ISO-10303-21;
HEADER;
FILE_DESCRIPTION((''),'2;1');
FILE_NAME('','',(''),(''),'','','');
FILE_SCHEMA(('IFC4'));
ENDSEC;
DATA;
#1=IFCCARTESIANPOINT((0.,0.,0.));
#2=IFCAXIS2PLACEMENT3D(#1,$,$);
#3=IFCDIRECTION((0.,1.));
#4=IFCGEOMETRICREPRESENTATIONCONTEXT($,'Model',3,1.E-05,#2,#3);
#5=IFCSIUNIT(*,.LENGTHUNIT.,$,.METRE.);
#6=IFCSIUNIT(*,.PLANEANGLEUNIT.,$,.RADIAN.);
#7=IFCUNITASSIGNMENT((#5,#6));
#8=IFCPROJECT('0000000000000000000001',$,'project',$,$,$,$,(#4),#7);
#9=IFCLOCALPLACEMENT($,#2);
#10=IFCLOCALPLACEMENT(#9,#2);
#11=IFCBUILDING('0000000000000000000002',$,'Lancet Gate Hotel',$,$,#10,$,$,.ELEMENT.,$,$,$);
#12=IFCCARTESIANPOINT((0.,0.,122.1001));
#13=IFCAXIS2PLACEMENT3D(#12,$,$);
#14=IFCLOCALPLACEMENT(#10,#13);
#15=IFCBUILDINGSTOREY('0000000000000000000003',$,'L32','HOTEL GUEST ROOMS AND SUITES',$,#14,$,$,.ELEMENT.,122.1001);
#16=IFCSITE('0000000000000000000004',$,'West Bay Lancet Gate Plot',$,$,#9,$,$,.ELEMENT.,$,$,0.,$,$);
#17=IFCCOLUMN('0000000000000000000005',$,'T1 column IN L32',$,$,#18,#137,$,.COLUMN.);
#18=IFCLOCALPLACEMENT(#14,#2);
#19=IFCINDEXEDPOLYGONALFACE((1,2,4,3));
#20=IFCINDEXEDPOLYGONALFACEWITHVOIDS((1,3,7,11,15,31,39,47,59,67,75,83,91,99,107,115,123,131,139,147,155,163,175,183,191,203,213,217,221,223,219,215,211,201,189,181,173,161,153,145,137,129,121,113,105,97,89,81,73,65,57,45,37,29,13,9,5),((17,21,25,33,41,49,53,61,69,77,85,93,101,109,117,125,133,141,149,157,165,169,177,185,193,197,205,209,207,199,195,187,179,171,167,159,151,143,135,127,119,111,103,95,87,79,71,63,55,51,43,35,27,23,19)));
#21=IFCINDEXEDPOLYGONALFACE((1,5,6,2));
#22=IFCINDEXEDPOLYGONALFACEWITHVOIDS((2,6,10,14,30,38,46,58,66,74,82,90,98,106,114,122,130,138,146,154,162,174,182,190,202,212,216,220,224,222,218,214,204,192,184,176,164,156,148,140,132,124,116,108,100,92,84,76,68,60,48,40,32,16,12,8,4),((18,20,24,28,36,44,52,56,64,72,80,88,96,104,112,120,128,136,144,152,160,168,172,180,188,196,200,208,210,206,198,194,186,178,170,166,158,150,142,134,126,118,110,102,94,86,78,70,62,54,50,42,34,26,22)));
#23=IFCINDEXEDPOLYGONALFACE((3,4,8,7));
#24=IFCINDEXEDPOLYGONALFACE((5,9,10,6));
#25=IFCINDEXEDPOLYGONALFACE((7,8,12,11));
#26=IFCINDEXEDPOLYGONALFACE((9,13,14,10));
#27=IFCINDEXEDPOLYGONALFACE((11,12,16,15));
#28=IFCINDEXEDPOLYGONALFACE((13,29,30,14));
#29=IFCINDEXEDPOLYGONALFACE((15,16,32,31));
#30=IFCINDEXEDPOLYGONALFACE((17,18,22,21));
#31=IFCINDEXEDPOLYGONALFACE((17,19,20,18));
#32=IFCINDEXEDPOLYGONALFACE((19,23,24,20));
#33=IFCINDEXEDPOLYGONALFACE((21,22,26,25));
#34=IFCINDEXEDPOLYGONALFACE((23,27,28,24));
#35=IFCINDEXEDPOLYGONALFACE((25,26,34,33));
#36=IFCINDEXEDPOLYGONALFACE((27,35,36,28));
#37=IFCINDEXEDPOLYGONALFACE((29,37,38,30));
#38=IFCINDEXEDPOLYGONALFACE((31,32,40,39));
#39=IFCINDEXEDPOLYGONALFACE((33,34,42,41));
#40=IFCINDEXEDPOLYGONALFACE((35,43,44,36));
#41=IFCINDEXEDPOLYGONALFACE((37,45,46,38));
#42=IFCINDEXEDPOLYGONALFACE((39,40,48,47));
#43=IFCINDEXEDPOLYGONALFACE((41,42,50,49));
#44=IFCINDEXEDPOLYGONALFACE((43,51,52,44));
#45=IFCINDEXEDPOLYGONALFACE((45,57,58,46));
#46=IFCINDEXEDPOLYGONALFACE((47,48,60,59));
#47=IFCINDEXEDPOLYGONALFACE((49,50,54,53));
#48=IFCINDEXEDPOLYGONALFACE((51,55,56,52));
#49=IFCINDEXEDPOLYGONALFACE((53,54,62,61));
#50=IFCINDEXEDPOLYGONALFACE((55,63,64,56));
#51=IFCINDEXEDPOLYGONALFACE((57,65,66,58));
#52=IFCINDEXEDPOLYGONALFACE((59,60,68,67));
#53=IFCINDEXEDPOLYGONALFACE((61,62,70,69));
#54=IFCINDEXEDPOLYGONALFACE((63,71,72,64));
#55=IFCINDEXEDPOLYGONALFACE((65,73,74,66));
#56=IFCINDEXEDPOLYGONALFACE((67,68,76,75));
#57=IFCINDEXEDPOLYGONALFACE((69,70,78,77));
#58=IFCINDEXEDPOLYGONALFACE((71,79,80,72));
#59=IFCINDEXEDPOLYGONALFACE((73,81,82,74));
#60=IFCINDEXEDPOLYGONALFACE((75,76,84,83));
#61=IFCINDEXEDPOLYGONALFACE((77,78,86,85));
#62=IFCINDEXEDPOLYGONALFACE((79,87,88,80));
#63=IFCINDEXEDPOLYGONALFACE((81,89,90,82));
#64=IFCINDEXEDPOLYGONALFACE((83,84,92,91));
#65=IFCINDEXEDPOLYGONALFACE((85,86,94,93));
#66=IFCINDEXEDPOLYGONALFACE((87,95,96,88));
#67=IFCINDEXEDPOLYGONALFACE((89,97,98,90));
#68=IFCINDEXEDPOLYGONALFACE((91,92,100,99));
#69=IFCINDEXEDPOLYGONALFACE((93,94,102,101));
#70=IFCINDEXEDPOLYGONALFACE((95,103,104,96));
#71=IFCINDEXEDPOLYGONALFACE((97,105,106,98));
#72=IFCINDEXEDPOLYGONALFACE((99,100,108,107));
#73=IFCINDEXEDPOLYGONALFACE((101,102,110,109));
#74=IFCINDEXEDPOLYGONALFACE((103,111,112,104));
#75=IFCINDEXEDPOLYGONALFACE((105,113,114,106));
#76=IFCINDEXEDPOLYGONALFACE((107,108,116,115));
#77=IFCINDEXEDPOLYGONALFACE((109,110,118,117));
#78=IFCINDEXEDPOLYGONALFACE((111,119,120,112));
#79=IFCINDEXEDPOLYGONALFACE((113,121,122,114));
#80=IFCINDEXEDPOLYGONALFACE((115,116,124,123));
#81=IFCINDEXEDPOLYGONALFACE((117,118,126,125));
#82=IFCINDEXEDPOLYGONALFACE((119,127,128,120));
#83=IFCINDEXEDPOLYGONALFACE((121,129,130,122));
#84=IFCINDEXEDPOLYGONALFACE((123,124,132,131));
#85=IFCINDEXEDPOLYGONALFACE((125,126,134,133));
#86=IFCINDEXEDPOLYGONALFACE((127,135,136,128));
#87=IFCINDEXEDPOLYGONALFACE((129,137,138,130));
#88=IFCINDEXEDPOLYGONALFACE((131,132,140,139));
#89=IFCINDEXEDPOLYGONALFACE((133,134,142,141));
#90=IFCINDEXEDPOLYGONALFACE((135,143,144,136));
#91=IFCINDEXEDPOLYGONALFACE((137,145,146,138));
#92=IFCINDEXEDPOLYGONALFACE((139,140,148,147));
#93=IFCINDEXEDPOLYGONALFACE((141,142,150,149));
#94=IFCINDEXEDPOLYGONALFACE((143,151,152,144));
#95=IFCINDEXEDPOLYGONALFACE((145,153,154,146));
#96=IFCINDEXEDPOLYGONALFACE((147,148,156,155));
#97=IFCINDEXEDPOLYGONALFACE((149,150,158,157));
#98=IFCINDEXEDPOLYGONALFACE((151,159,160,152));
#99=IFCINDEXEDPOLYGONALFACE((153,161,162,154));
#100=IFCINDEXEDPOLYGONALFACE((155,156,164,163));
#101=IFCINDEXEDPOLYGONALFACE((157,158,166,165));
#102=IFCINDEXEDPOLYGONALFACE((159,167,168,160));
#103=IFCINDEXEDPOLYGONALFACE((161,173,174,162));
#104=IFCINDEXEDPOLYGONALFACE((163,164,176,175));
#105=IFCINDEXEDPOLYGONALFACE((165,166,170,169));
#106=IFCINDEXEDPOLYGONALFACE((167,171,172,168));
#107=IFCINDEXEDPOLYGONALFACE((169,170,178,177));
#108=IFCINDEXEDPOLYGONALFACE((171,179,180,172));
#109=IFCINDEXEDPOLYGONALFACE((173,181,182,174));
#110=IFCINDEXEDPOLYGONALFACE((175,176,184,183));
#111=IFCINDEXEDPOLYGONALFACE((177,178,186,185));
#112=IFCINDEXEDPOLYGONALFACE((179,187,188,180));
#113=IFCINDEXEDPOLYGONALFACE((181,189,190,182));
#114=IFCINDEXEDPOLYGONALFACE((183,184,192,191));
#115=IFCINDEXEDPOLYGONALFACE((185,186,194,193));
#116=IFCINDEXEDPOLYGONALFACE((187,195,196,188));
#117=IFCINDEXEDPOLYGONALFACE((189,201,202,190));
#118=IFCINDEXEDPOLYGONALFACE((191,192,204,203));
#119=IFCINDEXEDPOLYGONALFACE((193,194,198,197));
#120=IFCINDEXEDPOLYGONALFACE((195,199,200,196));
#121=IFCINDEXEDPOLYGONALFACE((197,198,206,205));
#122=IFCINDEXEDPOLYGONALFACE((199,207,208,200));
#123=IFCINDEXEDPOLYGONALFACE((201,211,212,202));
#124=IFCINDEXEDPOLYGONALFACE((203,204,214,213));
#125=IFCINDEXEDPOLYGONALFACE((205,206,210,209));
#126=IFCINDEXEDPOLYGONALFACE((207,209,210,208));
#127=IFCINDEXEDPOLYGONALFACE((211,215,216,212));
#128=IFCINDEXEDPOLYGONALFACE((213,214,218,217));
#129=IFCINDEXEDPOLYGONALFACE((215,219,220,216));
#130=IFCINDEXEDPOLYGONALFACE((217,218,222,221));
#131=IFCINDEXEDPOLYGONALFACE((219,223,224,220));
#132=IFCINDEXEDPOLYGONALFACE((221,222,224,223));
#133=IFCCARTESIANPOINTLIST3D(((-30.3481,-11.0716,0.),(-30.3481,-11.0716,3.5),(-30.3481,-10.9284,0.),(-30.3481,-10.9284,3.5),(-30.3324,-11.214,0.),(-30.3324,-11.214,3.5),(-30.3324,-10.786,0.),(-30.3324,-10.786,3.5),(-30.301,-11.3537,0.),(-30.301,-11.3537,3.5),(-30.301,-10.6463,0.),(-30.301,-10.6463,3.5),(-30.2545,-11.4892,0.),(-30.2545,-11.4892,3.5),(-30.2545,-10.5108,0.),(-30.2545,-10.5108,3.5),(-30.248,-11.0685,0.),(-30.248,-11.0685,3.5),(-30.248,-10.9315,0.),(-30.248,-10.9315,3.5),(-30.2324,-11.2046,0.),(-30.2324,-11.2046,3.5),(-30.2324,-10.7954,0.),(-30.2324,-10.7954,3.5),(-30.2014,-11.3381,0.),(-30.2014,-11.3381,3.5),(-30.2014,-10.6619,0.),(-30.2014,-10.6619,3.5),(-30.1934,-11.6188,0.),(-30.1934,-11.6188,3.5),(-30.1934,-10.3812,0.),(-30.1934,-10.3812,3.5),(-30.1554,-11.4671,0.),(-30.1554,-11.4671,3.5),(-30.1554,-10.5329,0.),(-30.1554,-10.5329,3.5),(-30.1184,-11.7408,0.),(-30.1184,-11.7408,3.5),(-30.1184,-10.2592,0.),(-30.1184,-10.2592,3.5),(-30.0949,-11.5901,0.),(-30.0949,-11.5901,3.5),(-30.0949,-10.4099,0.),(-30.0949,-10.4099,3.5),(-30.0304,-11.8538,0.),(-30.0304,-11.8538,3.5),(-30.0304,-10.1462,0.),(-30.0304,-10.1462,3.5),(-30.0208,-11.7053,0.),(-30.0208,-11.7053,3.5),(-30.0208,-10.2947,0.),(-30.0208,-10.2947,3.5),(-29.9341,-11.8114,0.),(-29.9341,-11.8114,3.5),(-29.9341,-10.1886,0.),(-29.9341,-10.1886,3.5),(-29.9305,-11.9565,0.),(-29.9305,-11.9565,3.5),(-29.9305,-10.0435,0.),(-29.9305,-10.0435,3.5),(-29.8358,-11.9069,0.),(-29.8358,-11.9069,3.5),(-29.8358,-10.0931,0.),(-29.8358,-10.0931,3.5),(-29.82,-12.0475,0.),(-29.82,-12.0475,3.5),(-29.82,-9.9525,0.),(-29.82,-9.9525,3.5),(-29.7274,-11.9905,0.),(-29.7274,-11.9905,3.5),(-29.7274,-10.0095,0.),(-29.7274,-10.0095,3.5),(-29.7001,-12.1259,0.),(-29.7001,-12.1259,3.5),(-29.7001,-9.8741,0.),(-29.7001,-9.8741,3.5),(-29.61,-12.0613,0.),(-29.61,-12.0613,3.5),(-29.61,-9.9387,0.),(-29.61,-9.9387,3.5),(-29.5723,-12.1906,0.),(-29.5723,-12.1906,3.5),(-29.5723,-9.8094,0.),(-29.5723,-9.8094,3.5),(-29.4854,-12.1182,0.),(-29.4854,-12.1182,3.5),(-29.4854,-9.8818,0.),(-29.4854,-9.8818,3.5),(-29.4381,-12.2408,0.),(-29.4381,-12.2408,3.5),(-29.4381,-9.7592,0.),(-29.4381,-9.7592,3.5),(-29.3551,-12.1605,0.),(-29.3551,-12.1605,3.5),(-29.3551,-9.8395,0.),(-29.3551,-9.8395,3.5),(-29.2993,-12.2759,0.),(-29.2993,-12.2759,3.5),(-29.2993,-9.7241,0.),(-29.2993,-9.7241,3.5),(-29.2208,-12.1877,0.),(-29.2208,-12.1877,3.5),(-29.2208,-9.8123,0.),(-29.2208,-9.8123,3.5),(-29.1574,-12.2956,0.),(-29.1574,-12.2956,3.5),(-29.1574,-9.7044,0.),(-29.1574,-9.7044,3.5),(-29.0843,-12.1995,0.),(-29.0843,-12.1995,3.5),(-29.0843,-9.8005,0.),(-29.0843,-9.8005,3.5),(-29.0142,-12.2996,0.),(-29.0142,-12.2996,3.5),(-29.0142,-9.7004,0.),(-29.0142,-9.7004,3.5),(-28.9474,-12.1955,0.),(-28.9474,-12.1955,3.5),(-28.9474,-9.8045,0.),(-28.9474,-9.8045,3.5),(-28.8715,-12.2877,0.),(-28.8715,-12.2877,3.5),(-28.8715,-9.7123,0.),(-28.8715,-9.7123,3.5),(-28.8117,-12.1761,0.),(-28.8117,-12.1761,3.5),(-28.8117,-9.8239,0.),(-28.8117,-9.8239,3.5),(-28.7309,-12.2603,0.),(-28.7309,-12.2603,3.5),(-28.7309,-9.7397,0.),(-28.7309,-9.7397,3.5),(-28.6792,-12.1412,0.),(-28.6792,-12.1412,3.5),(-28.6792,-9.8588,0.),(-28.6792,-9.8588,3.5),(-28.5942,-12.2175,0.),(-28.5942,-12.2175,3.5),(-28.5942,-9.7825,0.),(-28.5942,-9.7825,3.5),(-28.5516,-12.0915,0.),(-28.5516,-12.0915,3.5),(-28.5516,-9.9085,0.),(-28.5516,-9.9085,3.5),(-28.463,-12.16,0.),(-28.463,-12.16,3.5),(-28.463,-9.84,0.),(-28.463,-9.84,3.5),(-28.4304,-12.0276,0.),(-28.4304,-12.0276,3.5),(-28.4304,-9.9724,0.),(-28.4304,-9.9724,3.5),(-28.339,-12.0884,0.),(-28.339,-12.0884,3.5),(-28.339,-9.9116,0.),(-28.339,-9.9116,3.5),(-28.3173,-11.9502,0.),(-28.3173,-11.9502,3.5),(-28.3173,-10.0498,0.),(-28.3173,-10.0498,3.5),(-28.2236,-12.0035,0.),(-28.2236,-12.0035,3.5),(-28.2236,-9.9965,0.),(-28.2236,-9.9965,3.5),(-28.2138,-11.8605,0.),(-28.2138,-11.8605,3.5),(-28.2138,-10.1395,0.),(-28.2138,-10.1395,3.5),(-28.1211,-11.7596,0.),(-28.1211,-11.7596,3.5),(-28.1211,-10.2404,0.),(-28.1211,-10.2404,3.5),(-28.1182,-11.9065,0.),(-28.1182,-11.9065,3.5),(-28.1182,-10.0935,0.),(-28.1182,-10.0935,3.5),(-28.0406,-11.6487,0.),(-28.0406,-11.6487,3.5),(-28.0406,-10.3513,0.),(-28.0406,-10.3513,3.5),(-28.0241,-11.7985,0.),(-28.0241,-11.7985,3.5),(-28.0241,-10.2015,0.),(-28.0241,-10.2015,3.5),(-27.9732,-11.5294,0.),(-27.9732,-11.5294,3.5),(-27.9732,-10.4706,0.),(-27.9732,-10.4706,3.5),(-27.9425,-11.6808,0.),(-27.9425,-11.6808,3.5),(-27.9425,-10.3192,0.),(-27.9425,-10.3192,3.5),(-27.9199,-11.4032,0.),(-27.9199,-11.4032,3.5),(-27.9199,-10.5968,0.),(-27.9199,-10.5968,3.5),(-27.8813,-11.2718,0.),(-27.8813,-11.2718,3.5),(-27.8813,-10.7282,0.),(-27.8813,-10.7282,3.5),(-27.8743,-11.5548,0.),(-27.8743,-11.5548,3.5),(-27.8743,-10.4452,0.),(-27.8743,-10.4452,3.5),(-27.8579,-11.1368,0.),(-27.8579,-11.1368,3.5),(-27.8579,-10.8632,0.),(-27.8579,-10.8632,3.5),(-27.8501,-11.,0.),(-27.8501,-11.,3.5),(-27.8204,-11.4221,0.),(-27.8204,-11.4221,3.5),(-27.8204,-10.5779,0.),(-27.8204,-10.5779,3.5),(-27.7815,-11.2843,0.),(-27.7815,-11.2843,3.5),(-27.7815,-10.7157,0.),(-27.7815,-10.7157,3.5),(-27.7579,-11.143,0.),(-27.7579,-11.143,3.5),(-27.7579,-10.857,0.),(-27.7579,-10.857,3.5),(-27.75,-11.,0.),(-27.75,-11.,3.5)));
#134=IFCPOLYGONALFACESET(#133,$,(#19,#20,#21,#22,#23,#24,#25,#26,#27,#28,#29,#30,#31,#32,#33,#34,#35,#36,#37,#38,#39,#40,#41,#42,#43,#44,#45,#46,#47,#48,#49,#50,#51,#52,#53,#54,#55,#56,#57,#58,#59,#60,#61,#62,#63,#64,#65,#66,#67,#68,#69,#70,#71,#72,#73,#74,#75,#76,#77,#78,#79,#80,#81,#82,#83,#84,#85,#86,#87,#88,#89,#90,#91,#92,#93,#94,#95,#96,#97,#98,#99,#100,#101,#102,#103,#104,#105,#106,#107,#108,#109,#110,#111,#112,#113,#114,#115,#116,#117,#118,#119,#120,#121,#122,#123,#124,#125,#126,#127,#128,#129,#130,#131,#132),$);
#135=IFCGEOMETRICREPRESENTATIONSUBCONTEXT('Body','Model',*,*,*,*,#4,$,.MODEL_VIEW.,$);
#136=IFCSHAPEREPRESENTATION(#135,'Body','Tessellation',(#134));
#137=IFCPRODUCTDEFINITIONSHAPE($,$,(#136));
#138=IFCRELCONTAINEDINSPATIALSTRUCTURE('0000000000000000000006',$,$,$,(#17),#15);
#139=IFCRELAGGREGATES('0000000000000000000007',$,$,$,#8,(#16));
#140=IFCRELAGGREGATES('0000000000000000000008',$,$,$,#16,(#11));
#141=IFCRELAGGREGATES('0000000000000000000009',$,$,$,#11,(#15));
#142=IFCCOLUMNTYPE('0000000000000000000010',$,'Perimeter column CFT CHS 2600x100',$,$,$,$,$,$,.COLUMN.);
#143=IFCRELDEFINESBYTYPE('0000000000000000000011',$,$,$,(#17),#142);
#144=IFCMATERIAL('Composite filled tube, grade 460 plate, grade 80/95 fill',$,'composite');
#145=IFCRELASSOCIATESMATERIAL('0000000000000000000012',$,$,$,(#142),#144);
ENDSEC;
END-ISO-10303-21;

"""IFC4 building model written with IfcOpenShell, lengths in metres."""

from ifc_helpers import new_model, si_unit, direction, frame, origin, origin_2d, place, context, subcontext, project, spatial, hollow_circle, extrude, material, material_profile, profile_set, type_object, element, save


model = new_model("IFC4")

# Units and contexts
model_context = context("Model", 3, precision=1e-05, world=origin(), true_north=direction((0.0, 1.0)))
body_context = subcontext(model_context, "Body", "Model", "MODEL_VIEW")
ifc_project = project(units=[si_unit("LENGTHUNIT", "METRE"), si_unit("PLANEANGLEUNIT", "RADIAN")], contexts=[model_context])

# Site, building, storey
site_placement = place(None, origin())
site = spatial("IfcSite", under=ifc_project, at=site_placement, Name="West Bay Lancet Gate Plot", CompositionType="ELEMENT", RefElevation=0.0)
building_placement = place(site_placement, origin())
building = spatial("IfcBuilding", under=site, at=building_placement, Name="Lancet Gate Hotel", CompositionType="ELEMENT")
storey_placement = place(building_placement, frame((0.0, 0.0, 122.1001)))
storey = spatial("IfcBuildingStorey", under=building, at=storey_placement, Name="L32", Description="HOTEL GUEST ROOMS AND SUITES", CompositionType="ELEMENT", Elevation=122.1001)

# Column
ifc_material_1 = material(Name="Composite filled tube, grade 460 plate, grade 80/95 fill", Category="composite")
ifc_material_profile_1 = material_profile(ifc_material_1, hollow_circle(Radius=1.3, WallThickness=0.1001, at=origin_2d()), Name="CHS 2600x100")
ifc_profile_set_1 = profile_set([ifc_material_profile_1], Name="Composite filled tube, grade 460 plate, grade 80/95 fill")
column_type = type_object("IfcColumnType", Name="Perimeter column CFT CHS 2600x100", PredefinedType="COLUMN", material=ifc_profile_set_1)
for number, where, z_axis, x_axis, name in (
    (1, (-29.05, -11.0, 0.0), (0.0, 0.0, 1.0), (1.0, 0.0, 0.0), "T1 column IN L32"),
):
    element("IfcColumn", number, at=place(storey_placement, frame(where, z_axis=z_axis, x_axis=x_axis)), inside=storey, type_object=column_type, Name=name, PredefinedType="COLUMN", context=body_context, shape_type="SweptSolid", body=[
        extrude(hollow_circle(Radius=1.3, WallThickness=0.1001, at=origin_2d()), origin(), (0.0, 0.0, 1.0), 3.5),
    ])

save(model, "model.ifc")
